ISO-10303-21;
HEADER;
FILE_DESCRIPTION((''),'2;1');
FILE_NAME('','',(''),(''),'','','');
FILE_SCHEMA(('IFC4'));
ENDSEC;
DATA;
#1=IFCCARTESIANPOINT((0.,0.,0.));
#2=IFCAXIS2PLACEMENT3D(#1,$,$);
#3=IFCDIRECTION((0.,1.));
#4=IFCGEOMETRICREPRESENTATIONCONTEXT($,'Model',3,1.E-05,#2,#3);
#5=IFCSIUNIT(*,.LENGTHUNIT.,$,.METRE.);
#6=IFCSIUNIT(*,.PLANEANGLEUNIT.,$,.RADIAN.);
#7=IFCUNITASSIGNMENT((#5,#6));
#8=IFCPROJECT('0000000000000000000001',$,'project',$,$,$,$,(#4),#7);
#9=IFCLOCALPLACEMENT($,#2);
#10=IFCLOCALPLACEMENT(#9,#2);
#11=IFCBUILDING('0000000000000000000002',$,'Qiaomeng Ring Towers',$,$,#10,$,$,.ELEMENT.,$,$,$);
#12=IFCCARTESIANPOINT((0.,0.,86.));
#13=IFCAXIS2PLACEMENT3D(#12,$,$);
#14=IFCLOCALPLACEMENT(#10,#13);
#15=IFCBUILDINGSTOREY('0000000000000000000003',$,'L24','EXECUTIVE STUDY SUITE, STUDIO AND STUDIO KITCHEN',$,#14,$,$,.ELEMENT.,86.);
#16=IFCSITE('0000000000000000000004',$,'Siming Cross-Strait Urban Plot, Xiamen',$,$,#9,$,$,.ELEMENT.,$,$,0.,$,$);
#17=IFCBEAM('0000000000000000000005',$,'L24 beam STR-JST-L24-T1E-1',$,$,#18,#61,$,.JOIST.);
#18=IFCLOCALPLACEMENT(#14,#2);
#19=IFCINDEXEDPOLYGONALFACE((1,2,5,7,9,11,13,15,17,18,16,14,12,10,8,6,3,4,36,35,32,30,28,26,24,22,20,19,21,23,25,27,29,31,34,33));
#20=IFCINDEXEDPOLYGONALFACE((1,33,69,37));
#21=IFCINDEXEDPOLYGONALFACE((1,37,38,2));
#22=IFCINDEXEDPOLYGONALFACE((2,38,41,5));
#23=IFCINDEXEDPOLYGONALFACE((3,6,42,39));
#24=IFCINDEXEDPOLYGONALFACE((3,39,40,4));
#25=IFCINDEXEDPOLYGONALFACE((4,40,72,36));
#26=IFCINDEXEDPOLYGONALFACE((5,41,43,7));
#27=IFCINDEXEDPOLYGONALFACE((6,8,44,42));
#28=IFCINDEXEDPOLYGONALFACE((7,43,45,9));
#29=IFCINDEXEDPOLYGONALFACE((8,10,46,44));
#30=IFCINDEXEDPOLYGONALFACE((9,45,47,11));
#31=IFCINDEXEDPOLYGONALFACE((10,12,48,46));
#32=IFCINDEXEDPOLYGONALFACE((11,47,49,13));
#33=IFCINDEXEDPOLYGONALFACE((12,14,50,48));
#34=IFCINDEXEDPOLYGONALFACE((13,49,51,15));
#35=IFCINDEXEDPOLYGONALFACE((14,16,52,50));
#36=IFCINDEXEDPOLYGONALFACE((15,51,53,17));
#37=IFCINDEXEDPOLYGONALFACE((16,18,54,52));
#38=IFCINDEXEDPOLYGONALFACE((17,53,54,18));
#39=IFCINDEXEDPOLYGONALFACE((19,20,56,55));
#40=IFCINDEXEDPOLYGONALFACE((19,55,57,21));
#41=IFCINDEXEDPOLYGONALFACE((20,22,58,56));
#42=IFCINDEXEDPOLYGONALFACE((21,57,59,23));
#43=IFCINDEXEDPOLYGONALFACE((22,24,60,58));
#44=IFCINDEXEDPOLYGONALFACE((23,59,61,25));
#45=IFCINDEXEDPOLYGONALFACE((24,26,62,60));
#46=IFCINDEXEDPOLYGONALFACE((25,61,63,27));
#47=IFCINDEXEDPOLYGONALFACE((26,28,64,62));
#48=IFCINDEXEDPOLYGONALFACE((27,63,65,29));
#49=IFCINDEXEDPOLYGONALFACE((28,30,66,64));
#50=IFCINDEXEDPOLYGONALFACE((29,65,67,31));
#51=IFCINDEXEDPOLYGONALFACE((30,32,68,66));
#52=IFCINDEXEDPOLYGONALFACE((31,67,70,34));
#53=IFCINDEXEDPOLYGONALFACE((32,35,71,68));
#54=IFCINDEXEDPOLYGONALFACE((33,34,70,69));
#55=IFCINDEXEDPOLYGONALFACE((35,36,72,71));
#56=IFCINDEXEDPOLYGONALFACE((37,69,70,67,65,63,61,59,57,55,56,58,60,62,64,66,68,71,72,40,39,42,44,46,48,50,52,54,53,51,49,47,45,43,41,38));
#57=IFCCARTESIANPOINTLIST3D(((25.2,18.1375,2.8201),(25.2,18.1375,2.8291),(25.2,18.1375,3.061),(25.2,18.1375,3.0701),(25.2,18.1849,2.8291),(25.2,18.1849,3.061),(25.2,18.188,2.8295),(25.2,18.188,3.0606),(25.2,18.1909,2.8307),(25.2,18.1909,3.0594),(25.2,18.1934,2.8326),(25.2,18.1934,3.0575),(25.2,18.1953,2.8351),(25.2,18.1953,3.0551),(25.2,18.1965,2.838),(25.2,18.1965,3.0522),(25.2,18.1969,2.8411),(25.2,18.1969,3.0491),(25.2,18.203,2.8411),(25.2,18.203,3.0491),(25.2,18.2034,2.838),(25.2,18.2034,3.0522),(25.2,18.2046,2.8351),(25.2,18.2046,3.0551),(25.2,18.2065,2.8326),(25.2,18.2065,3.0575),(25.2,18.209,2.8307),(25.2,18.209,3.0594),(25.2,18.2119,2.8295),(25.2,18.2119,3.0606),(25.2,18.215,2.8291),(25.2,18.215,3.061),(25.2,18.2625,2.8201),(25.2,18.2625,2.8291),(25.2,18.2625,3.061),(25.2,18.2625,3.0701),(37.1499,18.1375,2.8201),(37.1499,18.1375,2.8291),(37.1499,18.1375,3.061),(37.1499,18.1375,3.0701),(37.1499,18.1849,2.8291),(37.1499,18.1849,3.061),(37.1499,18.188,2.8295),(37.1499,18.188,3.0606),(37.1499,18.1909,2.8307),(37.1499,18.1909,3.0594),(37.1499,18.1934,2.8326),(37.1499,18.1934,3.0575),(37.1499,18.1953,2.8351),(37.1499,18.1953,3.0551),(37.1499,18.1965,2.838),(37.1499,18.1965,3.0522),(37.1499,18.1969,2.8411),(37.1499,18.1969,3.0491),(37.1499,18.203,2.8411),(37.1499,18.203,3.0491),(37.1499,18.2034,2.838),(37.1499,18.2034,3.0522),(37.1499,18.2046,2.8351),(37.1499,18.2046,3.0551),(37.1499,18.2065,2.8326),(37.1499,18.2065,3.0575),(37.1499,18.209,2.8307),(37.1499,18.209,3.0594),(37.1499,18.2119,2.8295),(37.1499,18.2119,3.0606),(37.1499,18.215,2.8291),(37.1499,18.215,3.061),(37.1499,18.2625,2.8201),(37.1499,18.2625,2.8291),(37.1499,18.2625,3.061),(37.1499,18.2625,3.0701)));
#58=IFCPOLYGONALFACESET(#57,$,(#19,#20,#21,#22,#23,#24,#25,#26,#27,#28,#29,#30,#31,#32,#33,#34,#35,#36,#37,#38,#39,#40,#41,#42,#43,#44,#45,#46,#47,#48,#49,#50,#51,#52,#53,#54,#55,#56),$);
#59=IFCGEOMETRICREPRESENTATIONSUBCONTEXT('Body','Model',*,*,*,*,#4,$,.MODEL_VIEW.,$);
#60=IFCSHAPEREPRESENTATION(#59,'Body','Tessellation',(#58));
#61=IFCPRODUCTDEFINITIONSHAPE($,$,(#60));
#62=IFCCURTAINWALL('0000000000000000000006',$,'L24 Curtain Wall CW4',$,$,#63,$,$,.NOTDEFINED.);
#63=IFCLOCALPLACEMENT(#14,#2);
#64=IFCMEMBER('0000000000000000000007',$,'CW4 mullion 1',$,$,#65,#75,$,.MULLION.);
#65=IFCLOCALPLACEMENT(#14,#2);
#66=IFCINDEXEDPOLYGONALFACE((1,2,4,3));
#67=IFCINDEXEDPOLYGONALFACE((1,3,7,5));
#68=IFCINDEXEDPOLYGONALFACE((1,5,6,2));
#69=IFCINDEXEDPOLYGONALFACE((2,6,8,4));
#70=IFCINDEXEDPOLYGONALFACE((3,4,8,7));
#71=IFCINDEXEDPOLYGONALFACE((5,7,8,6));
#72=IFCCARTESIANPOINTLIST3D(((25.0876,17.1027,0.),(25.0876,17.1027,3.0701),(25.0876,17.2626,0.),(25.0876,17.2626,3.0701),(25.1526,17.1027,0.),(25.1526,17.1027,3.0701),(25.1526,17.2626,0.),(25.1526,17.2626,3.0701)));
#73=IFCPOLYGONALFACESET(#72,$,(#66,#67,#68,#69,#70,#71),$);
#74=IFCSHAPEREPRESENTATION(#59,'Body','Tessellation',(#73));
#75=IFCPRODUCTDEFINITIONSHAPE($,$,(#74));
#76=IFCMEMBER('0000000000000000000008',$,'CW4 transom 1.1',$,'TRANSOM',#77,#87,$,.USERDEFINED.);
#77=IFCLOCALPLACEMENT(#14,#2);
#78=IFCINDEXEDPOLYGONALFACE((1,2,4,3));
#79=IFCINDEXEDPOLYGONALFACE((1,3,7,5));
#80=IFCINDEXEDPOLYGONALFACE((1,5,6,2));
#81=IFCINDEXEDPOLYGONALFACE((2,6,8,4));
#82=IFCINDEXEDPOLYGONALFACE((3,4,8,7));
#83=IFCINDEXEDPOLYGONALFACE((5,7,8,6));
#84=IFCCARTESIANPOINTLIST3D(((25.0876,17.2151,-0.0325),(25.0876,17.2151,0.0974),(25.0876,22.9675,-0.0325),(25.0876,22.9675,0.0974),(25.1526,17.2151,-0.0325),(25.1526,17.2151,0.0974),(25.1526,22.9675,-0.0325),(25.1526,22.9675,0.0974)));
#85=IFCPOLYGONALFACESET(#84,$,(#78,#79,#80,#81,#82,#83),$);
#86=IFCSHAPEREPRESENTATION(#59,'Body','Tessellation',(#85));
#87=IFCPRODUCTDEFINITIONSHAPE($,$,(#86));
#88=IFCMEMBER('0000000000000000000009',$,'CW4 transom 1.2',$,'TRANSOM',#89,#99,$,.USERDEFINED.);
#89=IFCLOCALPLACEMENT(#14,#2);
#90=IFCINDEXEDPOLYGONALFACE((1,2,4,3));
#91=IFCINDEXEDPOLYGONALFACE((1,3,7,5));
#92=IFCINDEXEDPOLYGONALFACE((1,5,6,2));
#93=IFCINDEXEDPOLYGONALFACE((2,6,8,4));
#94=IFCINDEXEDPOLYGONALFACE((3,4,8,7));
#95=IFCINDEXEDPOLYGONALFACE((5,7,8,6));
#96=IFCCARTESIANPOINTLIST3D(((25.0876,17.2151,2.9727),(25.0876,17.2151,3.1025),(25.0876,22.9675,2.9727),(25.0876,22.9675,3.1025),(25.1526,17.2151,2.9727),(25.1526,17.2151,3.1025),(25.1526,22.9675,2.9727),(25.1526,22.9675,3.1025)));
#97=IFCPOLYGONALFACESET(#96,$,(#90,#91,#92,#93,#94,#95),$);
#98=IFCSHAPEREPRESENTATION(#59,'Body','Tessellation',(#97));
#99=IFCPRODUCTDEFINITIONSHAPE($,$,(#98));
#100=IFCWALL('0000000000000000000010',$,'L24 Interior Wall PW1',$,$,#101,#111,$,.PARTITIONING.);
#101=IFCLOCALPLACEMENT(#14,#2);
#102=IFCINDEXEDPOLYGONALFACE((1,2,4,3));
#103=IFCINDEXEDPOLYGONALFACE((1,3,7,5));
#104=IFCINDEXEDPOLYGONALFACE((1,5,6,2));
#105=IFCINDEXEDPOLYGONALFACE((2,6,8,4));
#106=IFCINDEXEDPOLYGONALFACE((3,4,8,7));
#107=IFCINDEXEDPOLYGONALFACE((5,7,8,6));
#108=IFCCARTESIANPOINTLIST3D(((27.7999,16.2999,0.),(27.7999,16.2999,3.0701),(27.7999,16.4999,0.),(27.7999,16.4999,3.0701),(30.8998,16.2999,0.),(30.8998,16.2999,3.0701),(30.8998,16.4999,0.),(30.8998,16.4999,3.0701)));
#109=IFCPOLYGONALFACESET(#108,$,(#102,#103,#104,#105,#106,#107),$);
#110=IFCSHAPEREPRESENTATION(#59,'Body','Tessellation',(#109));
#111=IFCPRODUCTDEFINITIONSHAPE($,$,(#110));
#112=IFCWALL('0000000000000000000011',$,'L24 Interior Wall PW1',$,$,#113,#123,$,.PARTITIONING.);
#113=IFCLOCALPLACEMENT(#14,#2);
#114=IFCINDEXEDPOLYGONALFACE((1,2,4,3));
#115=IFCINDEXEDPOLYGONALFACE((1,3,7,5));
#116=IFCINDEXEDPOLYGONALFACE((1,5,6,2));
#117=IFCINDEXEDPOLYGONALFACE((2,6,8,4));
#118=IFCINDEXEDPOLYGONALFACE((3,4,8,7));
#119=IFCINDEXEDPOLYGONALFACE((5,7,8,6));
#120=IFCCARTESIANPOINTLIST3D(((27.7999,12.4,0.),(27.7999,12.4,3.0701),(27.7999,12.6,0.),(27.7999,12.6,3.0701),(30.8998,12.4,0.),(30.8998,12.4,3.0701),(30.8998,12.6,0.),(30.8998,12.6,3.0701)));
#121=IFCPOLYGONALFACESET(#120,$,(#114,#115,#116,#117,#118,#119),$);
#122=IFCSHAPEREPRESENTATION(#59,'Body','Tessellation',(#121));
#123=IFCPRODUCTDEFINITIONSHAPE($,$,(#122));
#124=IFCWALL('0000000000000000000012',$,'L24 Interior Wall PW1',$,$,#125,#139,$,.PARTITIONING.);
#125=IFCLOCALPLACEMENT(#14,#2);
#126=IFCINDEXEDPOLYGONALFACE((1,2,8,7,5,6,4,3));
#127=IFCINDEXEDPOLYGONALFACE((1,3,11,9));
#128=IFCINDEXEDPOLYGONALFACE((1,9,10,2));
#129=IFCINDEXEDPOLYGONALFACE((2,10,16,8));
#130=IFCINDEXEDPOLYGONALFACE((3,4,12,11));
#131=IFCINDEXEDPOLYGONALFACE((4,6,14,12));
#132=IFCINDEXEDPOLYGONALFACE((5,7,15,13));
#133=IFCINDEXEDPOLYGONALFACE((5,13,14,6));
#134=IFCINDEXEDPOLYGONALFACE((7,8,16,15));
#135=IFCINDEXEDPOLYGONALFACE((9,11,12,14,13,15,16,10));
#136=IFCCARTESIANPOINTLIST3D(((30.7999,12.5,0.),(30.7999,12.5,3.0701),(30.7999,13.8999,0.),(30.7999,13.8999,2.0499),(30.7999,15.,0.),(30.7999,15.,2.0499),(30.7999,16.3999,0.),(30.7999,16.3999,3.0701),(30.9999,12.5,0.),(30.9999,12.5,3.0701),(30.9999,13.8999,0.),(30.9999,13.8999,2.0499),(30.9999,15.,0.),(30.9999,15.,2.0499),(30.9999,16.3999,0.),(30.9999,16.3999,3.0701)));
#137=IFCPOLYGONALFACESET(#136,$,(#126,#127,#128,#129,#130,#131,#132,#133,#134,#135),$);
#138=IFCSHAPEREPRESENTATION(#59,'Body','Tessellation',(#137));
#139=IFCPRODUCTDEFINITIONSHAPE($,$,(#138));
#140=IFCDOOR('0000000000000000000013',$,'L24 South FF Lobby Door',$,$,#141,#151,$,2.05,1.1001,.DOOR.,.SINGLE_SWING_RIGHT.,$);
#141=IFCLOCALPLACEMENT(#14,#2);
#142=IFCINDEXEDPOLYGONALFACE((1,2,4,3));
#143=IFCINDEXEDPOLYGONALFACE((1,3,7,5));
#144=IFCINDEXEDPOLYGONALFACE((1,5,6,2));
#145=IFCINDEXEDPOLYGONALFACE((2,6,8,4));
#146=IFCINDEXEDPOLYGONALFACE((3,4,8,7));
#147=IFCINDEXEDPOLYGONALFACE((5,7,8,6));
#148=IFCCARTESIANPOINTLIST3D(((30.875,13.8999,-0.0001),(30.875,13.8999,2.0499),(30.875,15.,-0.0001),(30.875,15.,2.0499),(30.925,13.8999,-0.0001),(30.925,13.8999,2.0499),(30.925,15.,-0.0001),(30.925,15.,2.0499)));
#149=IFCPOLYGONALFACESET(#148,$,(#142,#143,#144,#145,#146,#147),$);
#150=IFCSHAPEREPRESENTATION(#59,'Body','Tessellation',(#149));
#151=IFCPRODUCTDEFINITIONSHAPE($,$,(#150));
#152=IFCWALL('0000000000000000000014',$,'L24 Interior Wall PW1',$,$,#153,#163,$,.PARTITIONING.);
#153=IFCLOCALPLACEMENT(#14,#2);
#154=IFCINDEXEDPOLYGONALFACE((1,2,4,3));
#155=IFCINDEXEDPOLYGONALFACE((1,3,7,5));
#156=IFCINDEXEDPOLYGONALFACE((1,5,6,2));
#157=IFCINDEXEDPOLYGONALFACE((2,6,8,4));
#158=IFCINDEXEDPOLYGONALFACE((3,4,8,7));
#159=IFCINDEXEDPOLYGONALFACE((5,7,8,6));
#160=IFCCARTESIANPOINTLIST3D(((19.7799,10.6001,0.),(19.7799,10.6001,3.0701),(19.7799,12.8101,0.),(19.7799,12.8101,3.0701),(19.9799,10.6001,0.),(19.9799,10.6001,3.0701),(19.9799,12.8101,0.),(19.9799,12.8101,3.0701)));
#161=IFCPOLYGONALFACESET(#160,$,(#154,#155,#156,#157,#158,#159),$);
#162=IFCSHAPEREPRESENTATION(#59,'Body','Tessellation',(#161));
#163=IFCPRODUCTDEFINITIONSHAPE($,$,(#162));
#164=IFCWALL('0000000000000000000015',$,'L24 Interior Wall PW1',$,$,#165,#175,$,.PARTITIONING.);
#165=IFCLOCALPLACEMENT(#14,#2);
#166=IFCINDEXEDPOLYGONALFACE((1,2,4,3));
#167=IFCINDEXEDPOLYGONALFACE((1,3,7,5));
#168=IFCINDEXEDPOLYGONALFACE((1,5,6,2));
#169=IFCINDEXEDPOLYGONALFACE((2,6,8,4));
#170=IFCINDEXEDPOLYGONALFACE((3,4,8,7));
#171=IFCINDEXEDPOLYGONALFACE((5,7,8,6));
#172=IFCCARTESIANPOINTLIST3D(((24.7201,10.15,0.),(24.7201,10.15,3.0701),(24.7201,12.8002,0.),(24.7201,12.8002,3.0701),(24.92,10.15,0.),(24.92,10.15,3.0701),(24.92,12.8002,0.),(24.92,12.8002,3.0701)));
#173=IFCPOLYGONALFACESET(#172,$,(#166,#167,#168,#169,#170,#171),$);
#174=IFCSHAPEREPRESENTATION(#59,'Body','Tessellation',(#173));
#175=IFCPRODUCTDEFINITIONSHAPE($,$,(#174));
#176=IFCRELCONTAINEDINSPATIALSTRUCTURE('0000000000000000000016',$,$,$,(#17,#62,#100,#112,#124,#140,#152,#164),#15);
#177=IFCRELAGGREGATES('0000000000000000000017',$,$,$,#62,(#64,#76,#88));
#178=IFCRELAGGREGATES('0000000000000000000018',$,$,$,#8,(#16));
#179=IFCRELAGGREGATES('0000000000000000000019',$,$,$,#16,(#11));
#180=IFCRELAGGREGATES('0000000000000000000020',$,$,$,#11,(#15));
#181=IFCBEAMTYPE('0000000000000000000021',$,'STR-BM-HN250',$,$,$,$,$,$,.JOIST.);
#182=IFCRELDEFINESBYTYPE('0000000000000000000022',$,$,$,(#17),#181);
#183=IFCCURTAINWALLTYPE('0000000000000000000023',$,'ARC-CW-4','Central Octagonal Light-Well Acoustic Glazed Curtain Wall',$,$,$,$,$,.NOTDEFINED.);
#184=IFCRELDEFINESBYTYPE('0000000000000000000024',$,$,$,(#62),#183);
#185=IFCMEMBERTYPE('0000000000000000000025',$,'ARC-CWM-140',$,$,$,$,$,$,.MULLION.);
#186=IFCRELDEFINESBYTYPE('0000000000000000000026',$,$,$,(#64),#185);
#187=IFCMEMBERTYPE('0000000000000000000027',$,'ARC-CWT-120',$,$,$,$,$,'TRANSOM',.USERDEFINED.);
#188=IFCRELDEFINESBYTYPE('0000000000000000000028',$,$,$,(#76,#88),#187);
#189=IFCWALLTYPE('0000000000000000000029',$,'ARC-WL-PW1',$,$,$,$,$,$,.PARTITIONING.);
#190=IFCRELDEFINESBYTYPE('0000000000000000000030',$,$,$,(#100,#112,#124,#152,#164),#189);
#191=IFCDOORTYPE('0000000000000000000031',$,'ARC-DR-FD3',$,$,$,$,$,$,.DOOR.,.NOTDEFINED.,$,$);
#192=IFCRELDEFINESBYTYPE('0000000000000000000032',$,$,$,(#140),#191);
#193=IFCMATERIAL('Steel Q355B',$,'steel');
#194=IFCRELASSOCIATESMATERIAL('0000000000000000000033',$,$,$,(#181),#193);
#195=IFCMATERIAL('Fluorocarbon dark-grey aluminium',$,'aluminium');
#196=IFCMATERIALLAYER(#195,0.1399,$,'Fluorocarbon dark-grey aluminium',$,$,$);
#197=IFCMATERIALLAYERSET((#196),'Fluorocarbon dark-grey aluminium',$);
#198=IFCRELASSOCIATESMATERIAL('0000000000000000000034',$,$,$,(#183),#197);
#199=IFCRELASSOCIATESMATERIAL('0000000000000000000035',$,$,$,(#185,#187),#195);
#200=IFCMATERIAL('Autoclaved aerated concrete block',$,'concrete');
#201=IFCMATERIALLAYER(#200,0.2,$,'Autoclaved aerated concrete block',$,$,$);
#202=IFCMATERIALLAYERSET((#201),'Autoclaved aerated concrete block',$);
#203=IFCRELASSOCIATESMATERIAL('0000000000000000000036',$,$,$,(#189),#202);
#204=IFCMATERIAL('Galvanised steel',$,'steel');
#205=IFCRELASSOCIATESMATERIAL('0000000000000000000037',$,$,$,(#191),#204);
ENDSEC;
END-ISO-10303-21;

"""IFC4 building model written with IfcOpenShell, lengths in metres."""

from ifc_helpers import new_model, si_unit, direction, frame, frame_2d, origin, origin_2d, place, context, subcontext, project, spatial, rectangle, i_section, extrude, source, transform, mapped, material, layer, layer_set, material_profile, profile_set, type_object, element, fill, aggregate, save


model = new_model("IFC4")

# Units and contexts
model_context = context("Model", 3, precision=1e-05, world=origin(), true_north=direction((0.0, 1.0)))
body_context = subcontext(model_context, "Body", "Model", "MODEL_VIEW")
ifc_project = project(units=[si_unit("LENGTHUNIT", "METRE"), si_unit("PLANEANGLEUNIT", "RADIAN")], contexts=[model_context])

# Site, building, storey
site_placement = place(None, origin())
site = spatial("IfcSite", under=ifc_project, at=site_placement, Name="Siming Cross-Strait Urban Plot, Xiamen", CompositionType="ELEMENT", RefElevation=0.0)
building_placement = place(site_placement, origin())
building = spatial("IfcBuilding", under=site, at=building_placement, Name="Qiaomeng Ring Towers", CompositionType="ELEMENT")
storey_placement = place(building_placement, frame((0.0, 0.0, 86.0)))
storey = spatial("IfcBuildingStorey", under=building, at=storey_placement, Name="L24", Description="EXECUTIVE STUDY SUITE, STUDIO AND STUDIO KITCHEN", CompositionType="ELEMENT", Elevation=86.0)

# Beam
ifc_material_1 = material(Name="Steel Q355B", Category="steel")
ifc_material_profile_1 = material_profile(ifc_material_1, i_section(OverallWidth=0.125, OverallDepth=0.25, WebThickness=0.0061, FlangeThickness=0.009, FilletRadius=0.012, at=origin_2d()), Name="HN 250x125x6x9")
ifc_profile_set_1 = profile_set([ifc_material_profile_1], Name="Steel Q355B")
beam_type_1 = type_object("IfcBeamType", Name="STR-BM-HN250", PredefinedType="JOIST", material=ifc_profile_set_1)
shared_shape_1 = source(origin(), body_context, "Body", "SweptSolid", [
    extrude(i_section(OverallWidth=0.125, OverallDepth=0.25, WebThickness=0.0061, FlangeThickness=0.009, FilletRadius=0.012, at=origin_2d()), origin(), (0.0, 0.0, 1.0), 11.95),
])
beam_1_placement = place(storey_placement, frame((25.2, 18.2, 2.9451), z_axis=(1.0, 0.0, 0.0), x_axis=(0.0, 1.0, 0.0)))
element("IfcBeam", 1, at=beam_1_placement, inside=storey, type_object=beam_type_1, Name="L24 beam STR-JST-L24-T1E-1", PredefinedType="JOIST", context=body_context, shape_type="MappedRepresentation", body=[
    mapped(shared_shape_1, transform((0.0, 0.0, 0.0), x_axis=(1.0, 0.0, 0.0), y_axis=(0.0, 1.0, 0.0), z_axis=(0.0, 0.0, 1.0), scale=1.0)),
])

# Curtain wall, members
ifc_material_2 = material(Name="Fluorocarbon dark-grey aluminium", Category="aluminium")
ifc_layer_1 = layer(ifc_material_2, 0.1399, Name="Fluorocarbon dark-grey aluminium")
ifc_layer_set_1 = layer_set([ifc_layer_1], Name="Fluorocarbon dark-grey aluminium")
curtain_wall_type = type_object("IfcCurtainWallType", Name="ARC-CW-4", Description="Central Octagonal Light-Well Acoustic Glazed Curtain Wall", PredefinedType="NOTDEFINED", material=ifc_layer_set_1)
curtain_wall_placement = place(storey_placement, origin())
curtain_wall = element("IfcCurtainWall", 2, at=curtain_wall_placement, inside=storey, type_object=curtain_wall_type, Name="L24 Curtain Wall CW4", PredefinedType="NOTDEFINED")
ifc_material_profile_2 = material_profile(ifc_material_2, rectangle(XDim=0.0649, YDim=0.1599, at=origin_2d()), Name="ALU MULL 65x160")
ifc_profile_set_2 = profile_set([ifc_material_profile_2], Name="Fluorocarbon dark-grey aluminium")
member_type_1 = type_object("IfcMemberType", Name="ARC-CWM-140", PredefinedType="MULLION", material=ifc_profile_set_2)
shared_shape_2 = source(origin(), body_context, "Body", "SweptSolid", [
    extrude(rectangle(XDim=0.0649, YDim=0.1599, at=origin_2d()), origin(), (0.0, 0.0, 1.0), 3.0701),
])
member_1_placement = place(storey_placement, frame((25.1201, 17.1826, 0.0), z_axis=(0.0, 0.0, 1.0), x_axis=(-1.0, 0.0, 0.0)))
member_1 = element("IfcMember", 3, at=member_1_placement, type_object=member_type_1, Name="CW4 mullion 1", PredefinedType="MULLION", context=body_context, shape_type="MappedRepresentation", body=[
    mapped(shared_shape_2, transform((0.0, 0.0, 0.0), x_axis=(1.0, 0.0, 0.0), y_axis=(0.0, 1.0, 0.0), z_axis=(0.0, 0.0, 1.0), scale=1.0)),
])
ifc_material_profile_3 = material_profile(ifc_material_2, rectangle(XDim=0.0649, YDim=0.1299, at=origin_2d()), Name="ALU TRAN 65x130")
ifc_profile_set_3 = profile_set([ifc_material_profile_3], Name="Fluorocarbon dark-grey aluminium")
member_type_2 = type_object("IfcMemberType", Name="ARC-CWT-120", ElementType="TRANSOM", PredefinedType="USERDEFINED", material=ifc_profile_set_3)
shared_shape_3 = source(origin(), body_context, "Body", "SweptSolid", [
    extrude(rectangle(XDim=0.0649, YDim=0.1299, at=origin_2d()), origin(), (0.0, 0.0, 1.0), 5.7524),
])
member_2_placement = place(storey_placement, frame((25.1201, 17.2151, 0.0325), z_axis=(0.0, 1.0, 0.0), x_axis=(-1.0, 0.0, 0.0)))
member_2 = element("IfcMember", 4, at=member_2_placement, type_object=member_type_2, Name="CW4 transom 1.1", ObjectType="TRANSOM", PredefinedType="USERDEFINED", context=body_context, shape_type="MappedRepresentation", body=[
    mapped(shared_shape_3, transform((0.0, 0.0, 0.0), x_axis=(1.0, 0.0, 0.0), y_axis=(0.0, 1.0, 0.0), z_axis=(0.0, 0.0, 1.0), scale=1.0)),
])
member_3_placement = place(storey_placement, frame((25.1201, 17.2151, 3.0376), z_axis=(0.0, 1.0, 0.0), x_axis=(-1.0, 0.0, 0.0)))
member_3 = element("IfcMember", 5, at=member_3_placement, type_object=member_type_2, Name="CW4 transom 1.2", ObjectType="TRANSOM", PredefinedType="USERDEFINED", context=body_context, shape_type="MappedRepresentation", body=[
    mapped(shared_shape_3, transform((0.0, 0.0, 0.0), x_axis=(1.0, 0.0, 0.0), y_axis=(0.0, 1.0, 0.0), z_axis=(0.0, 0.0, 1.0), scale=1.0)),
])
aggregate(curtain_wall, [member_1, member_2, member_3])

# Walls
ifc_material_3 = material(Name="Autoclaved aerated concrete block", Category="concrete")
ifc_layer_2 = layer(ifc_material_3, 0.2, Name="Autoclaved aerated concrete block")
ifc_layer_set_2 = layer_set([ifc_layer_2], Name="Autoclaved aerated concrete block")
wall_type_1 = type_object("IfcWallType", Name="ARC-WL-PW1", PredefinedType="PARTITIONING", material=ifc_layer_set_2)
for number, where, z_axis, x_axis, name in (
    (6, (27.8, 16.3999, 0.0), (0.0, 0.0, 1.0), (1.0, 0.0, 0.0), "L24 Interior Wall PW1"),
    (7, (27.8, 12.5, 0.0), (0.0, 0.0, 1.0), (1.0, 0.0, 0.0), "L24 Interior Wall PW1"),
):
    element("IfcWall", number, at=place(storey_placement, frame(where, z_axis=z_axis, x_axis=x_axis)), inside=storey, type_object=wall_type_1, Name=name, PredefinedType="PARTITIONING", context=body_context, shape_type="SweptSolid", body=[
        extrude(rectangle(XDim=3.0999, YDim=0.2, at=frame_2d((1.5498, 0.0))), origin(), (0.0, 0.0, 1.0), 3.0701),
    ])

# Wall, opening, door
wall_1_placement = place(storey_placement, frame((30.8999, 12.5, 0.0), z_axis=(0.0, 0.0, 1.0), x_axis=(0.0, 1.0, 0.0)))
wall_1 = element("IfcWall", 8, at=wall_1_placement, inside=storey, type_object=wall_type_1, Name="L24 Interior Wall PW1", PredefinedType="PARTITIONING", context=body_context, shape_type="SweptSolid", body=[
    extrude(rectangle(XDim=3.8999, YDim=0.2, at=frame_2d((1.95, 0.0))), origin(), (0.0, 0.0, 1.0), 3.0701),
])
opening_1_placement = place(wall_1_placement, frame((1.3999, 0.0, 0.0)))
opening_1 = element("IfcOpeningElement", 9, at=opening_1_placement, cuts=wall_1, PredefinedType="OPENING", context=body_context, shape_type="SweptSolid", body=[
    extrude(rectangle(XDim=1.1001, YDim=2.05, at=frame_2d((0.55, 1.0249))), frame((0.0, 0.1099, 0.0), z_axis=(0.0, -1.0, 0.0), x_axis=(1.0, 0.0, 0.0)), (0.0, 0.0, 1.0), 0.22),
])
ifc_material_4 = material(Name="Galvanised steel", Category="steel")
door_type_1 = type_object("IfcDoorType", Name="ARC-DR-FD3", OperationType="NOTDEFINED", PredefinedType="DOOR", material=ifc_material_4)
shared_shape_4 = source(origin(), body_context, "Body", "SweptSolid", [
    extrude(rectangle(XDim=1.1001, YDim=2.05, at=frame_2d((0.55, 1.0249))), frame((0.0, 0.0249, 0.0), z_axis=(0.0, -1.0, 0.0), x_axis=(1.0, 0.0, 0.0)), (0.0, 0.0, 1.0), 0.05),
])
door_1_placement = place(opening_1_placement, origin())
door_1 = element("IfcDoor", 10, at=door_1_placement, inside=storey, type_object=door_type_1, Name="L24 South FF Lobby Door", OperationType="SINGLE_SWING_RIGHT", OverallHeight=2.05, OverallWidth=1.1001, PredefinedType="DOOR", context=body_context, shape_type="MappedRepresentation", body=[
    mapped(shared_shape_4, transform((0.0, 0.0, 0.0), x_axis=(1.0, 0.0, 0.0), y_axis=(0.0, 1.0, 0.0), z_axis=(0.0, 0.0, 1.0), scale=1.0)),
])
fill(opening_1, door_1)

# Walls
wall_2_placement = place(storey_placement, frame((19.8799, 10.6001, 0.0), z_axis=(0.0, 0.0, 1.0), x_axis=(0.0, 1.0, 0.0)))
element("IfcWall", 11, at=wall_2_placement, inside=storey, type_object=wall_type_1, Name="L24 Interior Wall PW1", PredefinedType="PARTITIONING", context=body_context, shape_type="SweptSolid", body=[
    extrude(rectangle(XDim=2.21, YDim=0.2, at=frame_2d((1.105, 0.0))), origin(), (0.0, 0.0, 1.0), 3.0701),
])
wall_3_placement = place(storey_placement, frame((24.8201, 10.1499, 0.0), z_axis=(0.0, 0.0, 1.0), x_axis=(0.0, 1.0, 0.0)))
element("IfcWall", 12, at=wall_3_placement, inside=storey, type_object=wall_type_1, Name="L24 Interior Wall PW1", PredefinedType="PARTITIONING", context=body_context, shape_type="SweptSolid", body=[
    extrude(rectangle(XDim=2.6501, YDim=0.2, at=frame_2d((1.3252, 0.0))), origin(), (0.0, 0.0, 1.0), 3.0701),
])

save(model, "model.ifc")
